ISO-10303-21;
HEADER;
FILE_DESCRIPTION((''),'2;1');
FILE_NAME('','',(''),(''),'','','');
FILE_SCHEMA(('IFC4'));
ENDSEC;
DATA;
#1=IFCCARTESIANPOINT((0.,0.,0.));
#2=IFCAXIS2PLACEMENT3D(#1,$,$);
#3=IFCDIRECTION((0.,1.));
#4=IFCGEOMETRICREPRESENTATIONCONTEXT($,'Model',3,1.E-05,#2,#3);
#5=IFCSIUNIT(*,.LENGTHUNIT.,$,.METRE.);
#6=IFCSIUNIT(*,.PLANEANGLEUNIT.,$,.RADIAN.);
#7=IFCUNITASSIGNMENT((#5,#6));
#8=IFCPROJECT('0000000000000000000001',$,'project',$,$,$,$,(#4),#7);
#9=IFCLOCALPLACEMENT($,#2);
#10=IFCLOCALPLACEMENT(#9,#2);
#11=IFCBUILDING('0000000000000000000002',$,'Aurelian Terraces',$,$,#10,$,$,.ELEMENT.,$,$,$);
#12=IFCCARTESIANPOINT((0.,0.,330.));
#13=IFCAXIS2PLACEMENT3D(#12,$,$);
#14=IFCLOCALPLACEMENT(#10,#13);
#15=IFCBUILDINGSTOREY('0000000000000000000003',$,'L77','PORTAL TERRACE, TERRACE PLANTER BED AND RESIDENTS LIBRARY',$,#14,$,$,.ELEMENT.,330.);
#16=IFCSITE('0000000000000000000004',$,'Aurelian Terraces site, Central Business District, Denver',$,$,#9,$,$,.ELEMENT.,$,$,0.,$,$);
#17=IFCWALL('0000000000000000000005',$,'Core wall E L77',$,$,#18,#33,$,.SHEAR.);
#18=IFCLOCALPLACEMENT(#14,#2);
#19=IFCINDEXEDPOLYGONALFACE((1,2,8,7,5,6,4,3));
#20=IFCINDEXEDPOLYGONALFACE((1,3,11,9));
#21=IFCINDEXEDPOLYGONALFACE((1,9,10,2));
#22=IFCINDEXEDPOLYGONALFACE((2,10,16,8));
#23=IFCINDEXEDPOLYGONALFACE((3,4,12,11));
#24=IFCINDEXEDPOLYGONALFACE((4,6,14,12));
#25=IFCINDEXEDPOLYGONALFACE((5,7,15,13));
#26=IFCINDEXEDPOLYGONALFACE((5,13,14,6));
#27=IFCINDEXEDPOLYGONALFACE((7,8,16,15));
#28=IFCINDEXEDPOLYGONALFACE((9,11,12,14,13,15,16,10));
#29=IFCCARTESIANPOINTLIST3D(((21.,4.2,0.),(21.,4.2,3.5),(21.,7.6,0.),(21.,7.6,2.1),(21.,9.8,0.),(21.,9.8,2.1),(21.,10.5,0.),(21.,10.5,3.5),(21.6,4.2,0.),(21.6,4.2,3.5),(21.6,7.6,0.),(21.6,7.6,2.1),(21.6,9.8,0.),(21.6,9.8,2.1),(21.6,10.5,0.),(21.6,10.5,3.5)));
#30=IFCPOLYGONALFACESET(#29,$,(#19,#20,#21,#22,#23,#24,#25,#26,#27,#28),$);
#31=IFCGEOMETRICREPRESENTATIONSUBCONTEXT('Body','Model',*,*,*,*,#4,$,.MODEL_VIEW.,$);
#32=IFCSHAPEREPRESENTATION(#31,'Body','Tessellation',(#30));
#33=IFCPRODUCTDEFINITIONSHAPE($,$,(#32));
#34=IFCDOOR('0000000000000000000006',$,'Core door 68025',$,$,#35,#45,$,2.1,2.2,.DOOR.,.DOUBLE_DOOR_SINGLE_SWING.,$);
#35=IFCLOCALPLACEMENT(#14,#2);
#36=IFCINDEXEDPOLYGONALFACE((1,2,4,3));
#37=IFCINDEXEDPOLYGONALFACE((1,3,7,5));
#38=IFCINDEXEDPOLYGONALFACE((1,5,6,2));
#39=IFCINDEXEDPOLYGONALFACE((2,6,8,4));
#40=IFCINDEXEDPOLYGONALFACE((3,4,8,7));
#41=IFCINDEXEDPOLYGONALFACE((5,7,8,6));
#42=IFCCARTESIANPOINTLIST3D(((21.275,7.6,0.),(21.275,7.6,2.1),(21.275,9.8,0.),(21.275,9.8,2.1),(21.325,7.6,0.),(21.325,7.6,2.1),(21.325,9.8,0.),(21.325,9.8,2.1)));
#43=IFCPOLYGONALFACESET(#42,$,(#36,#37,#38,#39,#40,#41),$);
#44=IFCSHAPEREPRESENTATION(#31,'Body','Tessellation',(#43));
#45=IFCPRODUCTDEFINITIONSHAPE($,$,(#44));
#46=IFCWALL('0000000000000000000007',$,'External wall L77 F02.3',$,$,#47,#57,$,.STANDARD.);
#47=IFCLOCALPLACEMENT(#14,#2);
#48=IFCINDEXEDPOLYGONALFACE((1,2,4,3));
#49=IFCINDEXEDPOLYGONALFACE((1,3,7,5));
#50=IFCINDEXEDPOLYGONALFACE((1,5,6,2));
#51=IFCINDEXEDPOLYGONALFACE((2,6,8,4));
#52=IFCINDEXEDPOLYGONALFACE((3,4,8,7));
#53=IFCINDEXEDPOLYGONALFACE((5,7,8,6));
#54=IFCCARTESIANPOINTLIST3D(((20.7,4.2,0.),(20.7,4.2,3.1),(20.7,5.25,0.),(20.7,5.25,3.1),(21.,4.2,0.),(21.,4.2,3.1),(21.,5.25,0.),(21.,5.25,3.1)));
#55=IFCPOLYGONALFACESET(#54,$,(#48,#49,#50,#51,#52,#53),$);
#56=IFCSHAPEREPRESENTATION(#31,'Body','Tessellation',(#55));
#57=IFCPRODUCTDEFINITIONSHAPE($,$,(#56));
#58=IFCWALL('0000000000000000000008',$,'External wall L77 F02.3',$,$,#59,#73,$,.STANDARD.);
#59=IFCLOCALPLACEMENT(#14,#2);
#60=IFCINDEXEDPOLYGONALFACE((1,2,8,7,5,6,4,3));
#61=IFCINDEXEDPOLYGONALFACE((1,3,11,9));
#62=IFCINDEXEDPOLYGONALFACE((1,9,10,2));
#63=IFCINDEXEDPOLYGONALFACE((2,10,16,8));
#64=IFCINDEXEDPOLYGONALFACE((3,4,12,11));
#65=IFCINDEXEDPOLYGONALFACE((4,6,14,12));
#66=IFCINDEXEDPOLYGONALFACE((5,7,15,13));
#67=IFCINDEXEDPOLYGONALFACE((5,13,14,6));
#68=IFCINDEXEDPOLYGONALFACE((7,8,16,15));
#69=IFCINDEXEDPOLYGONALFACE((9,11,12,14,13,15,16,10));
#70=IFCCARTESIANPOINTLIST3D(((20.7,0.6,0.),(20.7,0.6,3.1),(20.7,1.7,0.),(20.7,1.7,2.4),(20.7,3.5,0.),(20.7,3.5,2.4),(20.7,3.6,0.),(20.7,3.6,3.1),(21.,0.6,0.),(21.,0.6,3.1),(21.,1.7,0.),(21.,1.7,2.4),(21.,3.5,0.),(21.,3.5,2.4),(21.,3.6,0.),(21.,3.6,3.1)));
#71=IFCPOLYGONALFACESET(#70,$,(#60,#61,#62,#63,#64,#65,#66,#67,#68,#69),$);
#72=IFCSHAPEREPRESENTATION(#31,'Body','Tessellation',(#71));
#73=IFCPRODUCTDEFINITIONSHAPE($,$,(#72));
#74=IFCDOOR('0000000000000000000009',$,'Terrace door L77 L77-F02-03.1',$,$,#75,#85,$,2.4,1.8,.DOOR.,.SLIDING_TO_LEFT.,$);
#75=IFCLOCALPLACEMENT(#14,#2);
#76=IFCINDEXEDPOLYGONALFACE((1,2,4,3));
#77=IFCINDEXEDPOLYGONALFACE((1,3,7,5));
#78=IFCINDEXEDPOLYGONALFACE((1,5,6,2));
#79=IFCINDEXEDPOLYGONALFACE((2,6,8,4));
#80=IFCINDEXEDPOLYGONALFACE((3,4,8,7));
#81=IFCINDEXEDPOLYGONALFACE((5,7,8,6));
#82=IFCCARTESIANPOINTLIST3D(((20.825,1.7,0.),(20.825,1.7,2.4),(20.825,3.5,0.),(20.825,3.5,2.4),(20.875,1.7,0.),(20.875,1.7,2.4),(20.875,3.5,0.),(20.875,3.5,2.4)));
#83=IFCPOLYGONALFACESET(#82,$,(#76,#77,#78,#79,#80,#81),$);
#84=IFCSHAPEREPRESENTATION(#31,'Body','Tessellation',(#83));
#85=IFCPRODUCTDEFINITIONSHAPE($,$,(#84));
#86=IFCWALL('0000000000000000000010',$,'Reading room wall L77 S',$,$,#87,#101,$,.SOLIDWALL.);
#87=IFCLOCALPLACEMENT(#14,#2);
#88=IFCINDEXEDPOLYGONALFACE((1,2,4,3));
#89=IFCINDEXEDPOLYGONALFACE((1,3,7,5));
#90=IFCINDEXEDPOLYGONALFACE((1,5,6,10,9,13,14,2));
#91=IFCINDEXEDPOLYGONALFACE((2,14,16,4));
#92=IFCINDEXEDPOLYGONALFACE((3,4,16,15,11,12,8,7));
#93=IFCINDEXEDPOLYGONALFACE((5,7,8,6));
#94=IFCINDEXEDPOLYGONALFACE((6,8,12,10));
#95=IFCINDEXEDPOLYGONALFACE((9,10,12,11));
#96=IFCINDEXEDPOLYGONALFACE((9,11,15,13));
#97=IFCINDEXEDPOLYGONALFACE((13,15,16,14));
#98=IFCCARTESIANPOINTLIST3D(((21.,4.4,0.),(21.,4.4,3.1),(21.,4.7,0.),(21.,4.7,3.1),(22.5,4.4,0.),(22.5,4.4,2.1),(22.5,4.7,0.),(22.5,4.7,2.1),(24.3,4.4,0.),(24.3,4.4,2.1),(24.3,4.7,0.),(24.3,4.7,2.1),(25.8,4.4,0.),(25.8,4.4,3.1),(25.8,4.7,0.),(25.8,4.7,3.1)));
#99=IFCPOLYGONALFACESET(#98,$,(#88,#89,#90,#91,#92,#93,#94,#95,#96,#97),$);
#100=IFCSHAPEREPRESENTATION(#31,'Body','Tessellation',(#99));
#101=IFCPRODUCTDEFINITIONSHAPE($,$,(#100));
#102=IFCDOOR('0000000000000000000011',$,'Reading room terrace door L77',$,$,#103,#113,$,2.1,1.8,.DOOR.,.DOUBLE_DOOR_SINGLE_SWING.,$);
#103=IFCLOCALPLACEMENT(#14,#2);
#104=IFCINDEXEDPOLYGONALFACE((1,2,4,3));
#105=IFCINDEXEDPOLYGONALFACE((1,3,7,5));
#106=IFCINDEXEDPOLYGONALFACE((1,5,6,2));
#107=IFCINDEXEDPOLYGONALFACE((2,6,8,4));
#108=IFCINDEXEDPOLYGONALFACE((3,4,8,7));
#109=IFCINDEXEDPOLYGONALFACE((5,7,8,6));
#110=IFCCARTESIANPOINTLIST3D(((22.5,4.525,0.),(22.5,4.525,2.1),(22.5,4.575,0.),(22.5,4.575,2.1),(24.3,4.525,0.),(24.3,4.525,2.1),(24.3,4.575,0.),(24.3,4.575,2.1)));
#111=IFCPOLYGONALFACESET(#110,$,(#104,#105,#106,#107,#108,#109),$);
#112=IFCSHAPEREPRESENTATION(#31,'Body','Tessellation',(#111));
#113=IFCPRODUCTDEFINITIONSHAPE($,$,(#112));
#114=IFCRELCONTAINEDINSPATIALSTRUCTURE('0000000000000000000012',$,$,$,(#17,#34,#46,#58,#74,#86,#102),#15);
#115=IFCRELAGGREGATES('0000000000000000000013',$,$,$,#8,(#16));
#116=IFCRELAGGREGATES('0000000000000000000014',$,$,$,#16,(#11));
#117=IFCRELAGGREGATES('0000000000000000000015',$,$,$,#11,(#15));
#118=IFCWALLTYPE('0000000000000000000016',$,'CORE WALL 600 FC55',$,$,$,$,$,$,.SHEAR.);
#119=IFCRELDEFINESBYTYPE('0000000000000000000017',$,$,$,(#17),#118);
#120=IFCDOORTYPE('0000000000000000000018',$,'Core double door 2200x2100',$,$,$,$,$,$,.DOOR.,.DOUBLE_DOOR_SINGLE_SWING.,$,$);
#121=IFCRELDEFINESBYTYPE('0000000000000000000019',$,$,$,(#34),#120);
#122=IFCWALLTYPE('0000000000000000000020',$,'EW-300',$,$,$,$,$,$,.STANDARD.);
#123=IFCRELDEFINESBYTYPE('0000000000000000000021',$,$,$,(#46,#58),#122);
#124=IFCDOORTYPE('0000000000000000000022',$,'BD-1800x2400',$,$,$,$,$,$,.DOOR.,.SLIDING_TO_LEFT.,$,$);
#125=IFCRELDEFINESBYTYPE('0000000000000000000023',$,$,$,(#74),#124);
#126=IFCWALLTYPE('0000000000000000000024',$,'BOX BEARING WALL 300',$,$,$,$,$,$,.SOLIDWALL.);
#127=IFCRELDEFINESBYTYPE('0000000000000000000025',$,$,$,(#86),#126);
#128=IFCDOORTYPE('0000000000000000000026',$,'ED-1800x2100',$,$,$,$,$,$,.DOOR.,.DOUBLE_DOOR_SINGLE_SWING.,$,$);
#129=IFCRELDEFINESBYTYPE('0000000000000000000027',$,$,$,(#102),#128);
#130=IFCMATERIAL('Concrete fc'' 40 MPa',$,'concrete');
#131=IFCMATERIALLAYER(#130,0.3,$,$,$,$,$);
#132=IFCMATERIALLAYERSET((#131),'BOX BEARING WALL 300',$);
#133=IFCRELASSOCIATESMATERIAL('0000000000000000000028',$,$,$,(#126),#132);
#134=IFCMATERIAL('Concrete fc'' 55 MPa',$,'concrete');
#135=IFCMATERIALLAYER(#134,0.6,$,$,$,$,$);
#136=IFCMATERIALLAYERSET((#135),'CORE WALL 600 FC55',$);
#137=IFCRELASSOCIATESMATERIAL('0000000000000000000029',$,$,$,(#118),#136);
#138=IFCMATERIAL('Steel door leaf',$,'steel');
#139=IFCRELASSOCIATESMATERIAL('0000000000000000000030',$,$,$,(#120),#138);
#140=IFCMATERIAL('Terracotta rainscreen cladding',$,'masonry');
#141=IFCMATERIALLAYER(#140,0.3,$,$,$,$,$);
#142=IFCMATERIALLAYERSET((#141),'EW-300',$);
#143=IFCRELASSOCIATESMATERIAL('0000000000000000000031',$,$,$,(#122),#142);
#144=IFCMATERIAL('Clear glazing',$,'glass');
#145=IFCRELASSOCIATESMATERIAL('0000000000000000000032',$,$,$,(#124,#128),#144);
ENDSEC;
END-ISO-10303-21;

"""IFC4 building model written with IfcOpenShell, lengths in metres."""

from ifc_helpers import new_model, si_unit, direction, frame, frame_2d, origin, place, context, subcontext, project, spatial, rectangle, extrude, source, transform, mapped, material, layer, layer_set, type_object, element, fill, save


model = new_model("IFC4")

# Units and contexts
model_context = context("Model", 3, precision=1e-05, world=origin(), true_north=direction((0.0, 1.0)))
body_context = subcontext(model_context, "Body", "Model", "MODEL_VIEW")
ifc_project = project(units=[si_unit("LENGTHUNIT", "METRE"), si_unit("PLANEANGLEUNIT", "RADIAN")], contexts=[model_context])

# Site, building, storey
site_placement = place(None, origin())
site = spatial("IfcSite", under=ifc_project, at=site_placement, Name="Aurelian Terraces site, Central Business District, Denver", CompositionType="ELEMENT", RefElevation=0.0)
building_placement = place(site_placement, origin())
building = spatial("IfcBuilding", under=site, at=building_placement, Name="Aurelian Terraces", CompositionType="ELEMENT")
storey_placement = place(building_placement, frame((0.0, 0.0, 330.0)))
storey = spatial("IfcBuildingStorey", under=building, at=storey_placement, Name="L77", Description="PORTAL TERRACE, TERRACE PLANTER BED AND RESIDENTS LIBRARY", CompositionType="ELEMENT", Elevation=330.0)

# Shared definitions
ifc_material_1 = material(Name="Concrete fc' 55 MPa", Category="concrete")

# Shared definitions
ifc_material_2 = material(Name="Concrete fc' 40 MPa", Category="concrete")

# Shared definitions
ifc_layer_1 = layer(ifc_material_2, 0.3)
ifc_layer_set_1 = layer_set([ifc_layer_1], Name="BOX BEARING WALL 300")
wall_type_1 = type_object("IfcWallType", Name="BOX BEARING WALL 300", PredefinedType="SOLIDWALL", material=ifc_layer_set_1)
ifc_material_3 = material(Name="Clear glazing", Category="glass")

# Wall, opening, door
ifc_layer_2 = layer(ifc_material_1, 0.6)
ifc_layer_set_2 = layer_set([ifc_layer_2], Name="CORE WALL 600 FC55")
wall_type_2 = type_object("IfcWallType", Name="CORE WALL 600 FC55", PredefinedType="SHEAR", material=ifc_layer_set_2)
shared_shape_1 = source(origin(), body_context, "Body", "SweptSolid", [
    extrude(rectangle(XDim=6.3, YDim=0.6, at=frame_2d((3.15, 0.0))), origin(), (0.0, 0.0, 1.0), 3.5),
])
wall_1_placement = place(storey_placement, frame((21.3, 4.2, 0.0), z_axis=(0.0, 0.0, 1.0), x_axis=(0.0, 1.0, 0.0)))
wall_1 = element("IfcWall", 1, at=wall_1_placement, inside=storey, type_object=wall_type_2, Name="Core wall E L77", PredefinedType="SHEAR", context=body_context, shape_type="MappedRepresentation", body=[
    mapped(shared_shape_1, transform((0.0, 0.0, 0.0), scale=1.0)),
])
shared_shape_2 = source(origin(), body_context, "Body", "SweptSolid", [
    extrude(rectangle(XDim=2.2, YDim=2.1, at=frame_2d((1.1, 1.05))), frame((0.0, 0.31, 0.0), z_axis=(0.0, -1.0, 0.0), x_axis=(1.0, 0.0, 0.0)), (0.0, 0.0, 1.0), 0.62),
])
opening_1_placement = place(wall_1_placement, frame((3.4, 0.0, 0.0)))
opening_1 = element("IfcOpeningElement", 2, at=opening_1_placement, cuts=wall_1, PredefinedType="OPENING", context=body_context, shape_type="MappedRepresentation", body=[
    mapped(shared_shape_2, transform((0.0, 0.0, 0.0), scale=1.0)),
])
ifc_material_4 = material(Name="Steel door leaf", Category="steel")
door_type_1 = type_object("IfcDoorType", Name="Core double door 2200x2100", OperationType="DOUBLE_DOOR_SINGLE_SWING", PredefinedType="DOOR", material=ifc_material_4)
shared_shape_3 = source(origin(), body_context, "Body", "SweptSolid", [
    extrude(rectangle(XDim=2.2, YDim=2.1, at=frame_2d((1.1, 1.05))), frame((0.0, 0.025, 0.0), z_axis=(0.0, -1.0, 0.0), x_axis=(1.0, 0.0, 0.0)), (0.0, 0.0, 1.0), 0.05),
])
door_1_placement = place(opening_1_placement, origin())
door_1 = element("IfcDoor", 3, at=door_1_placement, inside=storey, type_object=door_type_1, Name="Core door 68025", OperationType="DOUBLE_DOOR_SINGLE_SWING", OverallHeight=2.1, OverallWidth=2.2, PredefinedType="DOOR", context=body_context, shape_type="MappedRepresentation", body=[
    mapped(shared_shape_3, transform((0.0, 0.0, 0.0), scale=1.0)),
])
fill(opening_1, door_1)

# Wall
ifc_material_5 = material(Name="Terracotta rainscreen cladding", Category="masonry")
ifc_layer_3 = layer(ifc_material_5, 0.3)
ifc_layer_set_3 = layer_set([ifc_layer_3], Name="EW-300")
wall_type_3 = type_object("IfcWallType", Name="EW-300", PredefinedType="STANDARD", material=ifc_layer_set_3)
shared_shape_4 = source(origin(), body_context, "Body", "SweptSolid", [
    extrude(rectangle(XDim=1.05, YDim=0.3, at=frame_2d((0.525, 0.0))), origin(), (0.0, 0.0, 1.0), 3.1),
])
wall_2_placement = place(storey_placement, frame((20.85, 4.2, 0.0), z_axis=(0.0, 0.0, 1.0), x_axis=(0.0, 1.0, 0.0)))
element("IfcWall", 4, at=wall_2_placement, inside=storey, type_object=wall_type_3, Name="External wall L77 F02.3", PredefinedType="STANDARD", context=body_context, shape_type="MappedRepresentation", body=[
    mapped(shared_shape_4, transform((0.0, 0.0, 0.0), scale=1.0)),
])

# Walls, openings, doors
shared_shape_5 = source(origin(), body_context, "Body", "SweptSolid", [
    extrude(rectangle(XDim=3.0, YDim=0.3, at=frame_2d((1.5, 0.0))), origin(), (0.0, 0.0, 1.0), 3.1),
])
wall_3_placement = place(storey_placement, frame((20.85, 0.6, 0.0), z_axis=(0.0, 0.0, 1.0), x_axis=(0.0, 1.0, 0.0)))
wall_3 = element("IfcWall", 5, at=wall_3_placement, inside=storey, type_object=wall_type_3, Name="External wall L77 F02.3", PredefinedType="STANDARD", context=body_context, shape_type="MappedRepresentation", body=[
    mapped(shared_shape_5, transform((0.0, 0.0, 0.0), scale=1.0)),
])
shared_shape_6 = source(origin(), body_context, "Body", "SweptSolid", [
    extrude(rectangle(XDim=1.8, YDim=2.4, at=frame_2d((0.9, 1.2))), frame((0.0, 0.16, 0.0), z_axis=(0.0, -1.0, 0.0), x_axis=(1.0, 0.0, 0.0)), (0.0, 0.0, 1.0), 0.32),
])
opening_2_placement = place(wall_3_placement, frame((1.1, 0.0, 0.0)))
opening_2 = element("IfcOpeningElement", 6, at=opening_2_placement, cuts=wall_3, PredefinedType="OPENING", context=body_context, shape_type="MappedRepresentation", body=[
    mapped(shared_shape_6, transform((0.0, 0.0, 0.0), scale=1.0)),
])
door_type_2 = type_object("IfcDoorType", Name="BD-1800x2400", OperationType="SLIDING_TO_LEFT", PredefinedType="DOOR", material=ifc_material_3)
shared_shape_7 = source(origin(), body_context, "Body", "SweptSolid", [
    extrude(rectangle(XDim=1.8, YDim=2.4, at=frame_2d((0.9, 1.2))), frame((0.0, 0.025, 0.0), z_axis=(0.0, -1.0, 0.0), x_axis=(1.0, 0.0, 0.0)), (0.0, 0.0, 1.0), 0.05),
])
door_2_placement = place(opening_2_placement, origin())
door_2 = element("IfcDoor", 7, at=door_2_placement, inside=storey, type_object=door_type_2, Name="Terrace door L77 L77-F02-03.1", OperationType="SLIDING_TO_LEFT", OverallHeight=2.4, OverallWidth=1.8, PredefinedType="DOOR", context=body_context, shape_type="MappedRepresentation", body=[
    mapped(shared_shape_7, transform((0.0, 0.0, 0.0), scale=1.0)),
])
fill(opening_2, door_2)
shared_shape_8 = source(origin(), body_context, "Body", "SweptSolid", [
    extrude(rectangle(XDim=4.8, YDim=0.3, at=frame_2d((2.4, 0.0))), origin(), (0.0, 0.0, 1.0), 3.1),
])
wall_4_placement = place(storey_placement, frame((21.0, 4.55, 0.0), z_axis=(0.0, 0.0, 1.0), x_axis=(1.0, 0.0, 0.0)))
wall_4 = element("IfcWall", 8, at=wall_4_placement, inside=storey, type_object=wall_type_1, Name="Reading room wall L77 S", PredefinedType="SOLIDWALL", context=body_context, shape_type="MappedRepresentation", body=[
    mapped(shared_shape_8, transform((0.0, 0.0, 0.0), scale=1.0)),
])
opening_3_placement = place(wall_4_placement, frame((1.5, 0.0, 0.0)))
opening_3 = element("IfcOpeningElement", 9, at=opening_3_placement, cuts=wall_4, PredefinedType="OPENING", context=body_context, shape_type="SweptSolid", body=[
    extrude(rectangle(XDim=1.8, YDim=2.1, at=frame_2d((0.9, 1.05))), frame((0.0, 0.16, 0.0), z_axis=(0.0, -1.0, 0.0), x_axis=(1.0, 0.0, 0.0)), (0.0, 0.0, 1.0), 0.32),
])
door_type_3 = type_object("IfcDoorType", Name="ED-1800x2100", OperationType="DOUBLE_DOOR_SINGLE_SWING", PredefinedType="DOOR", material=ifc_material_3)
door_3_placement = place(opening_3_placement, origin())
door_3 = element("IfcDoor", 10, at=door_3_placement, inside=storey, type_object=door_type_3, Name="Reading room terrace door L77", OperationType="DOUBLE_DOOR_SINGLE_SWING", OverallHeight=2.1, OverallWidth=1.8, PredefinedType="DOOR", context=body_context, shape_type="SweptSolid", body=[
    extrude(rectangle(XDim=1.8, YDim=2.1, at=frame_2d((0.9, 1.05))), frame((0.0, 0.025, 0.0), z_axis=(0.0, -1.0, 0.0), x_axis=(1.0, 0.0, 0.0)), (0.0, 0.0, 1.0), 0.05),
])
fill(opening_3, door_3)

save(model, "model.ifc")
